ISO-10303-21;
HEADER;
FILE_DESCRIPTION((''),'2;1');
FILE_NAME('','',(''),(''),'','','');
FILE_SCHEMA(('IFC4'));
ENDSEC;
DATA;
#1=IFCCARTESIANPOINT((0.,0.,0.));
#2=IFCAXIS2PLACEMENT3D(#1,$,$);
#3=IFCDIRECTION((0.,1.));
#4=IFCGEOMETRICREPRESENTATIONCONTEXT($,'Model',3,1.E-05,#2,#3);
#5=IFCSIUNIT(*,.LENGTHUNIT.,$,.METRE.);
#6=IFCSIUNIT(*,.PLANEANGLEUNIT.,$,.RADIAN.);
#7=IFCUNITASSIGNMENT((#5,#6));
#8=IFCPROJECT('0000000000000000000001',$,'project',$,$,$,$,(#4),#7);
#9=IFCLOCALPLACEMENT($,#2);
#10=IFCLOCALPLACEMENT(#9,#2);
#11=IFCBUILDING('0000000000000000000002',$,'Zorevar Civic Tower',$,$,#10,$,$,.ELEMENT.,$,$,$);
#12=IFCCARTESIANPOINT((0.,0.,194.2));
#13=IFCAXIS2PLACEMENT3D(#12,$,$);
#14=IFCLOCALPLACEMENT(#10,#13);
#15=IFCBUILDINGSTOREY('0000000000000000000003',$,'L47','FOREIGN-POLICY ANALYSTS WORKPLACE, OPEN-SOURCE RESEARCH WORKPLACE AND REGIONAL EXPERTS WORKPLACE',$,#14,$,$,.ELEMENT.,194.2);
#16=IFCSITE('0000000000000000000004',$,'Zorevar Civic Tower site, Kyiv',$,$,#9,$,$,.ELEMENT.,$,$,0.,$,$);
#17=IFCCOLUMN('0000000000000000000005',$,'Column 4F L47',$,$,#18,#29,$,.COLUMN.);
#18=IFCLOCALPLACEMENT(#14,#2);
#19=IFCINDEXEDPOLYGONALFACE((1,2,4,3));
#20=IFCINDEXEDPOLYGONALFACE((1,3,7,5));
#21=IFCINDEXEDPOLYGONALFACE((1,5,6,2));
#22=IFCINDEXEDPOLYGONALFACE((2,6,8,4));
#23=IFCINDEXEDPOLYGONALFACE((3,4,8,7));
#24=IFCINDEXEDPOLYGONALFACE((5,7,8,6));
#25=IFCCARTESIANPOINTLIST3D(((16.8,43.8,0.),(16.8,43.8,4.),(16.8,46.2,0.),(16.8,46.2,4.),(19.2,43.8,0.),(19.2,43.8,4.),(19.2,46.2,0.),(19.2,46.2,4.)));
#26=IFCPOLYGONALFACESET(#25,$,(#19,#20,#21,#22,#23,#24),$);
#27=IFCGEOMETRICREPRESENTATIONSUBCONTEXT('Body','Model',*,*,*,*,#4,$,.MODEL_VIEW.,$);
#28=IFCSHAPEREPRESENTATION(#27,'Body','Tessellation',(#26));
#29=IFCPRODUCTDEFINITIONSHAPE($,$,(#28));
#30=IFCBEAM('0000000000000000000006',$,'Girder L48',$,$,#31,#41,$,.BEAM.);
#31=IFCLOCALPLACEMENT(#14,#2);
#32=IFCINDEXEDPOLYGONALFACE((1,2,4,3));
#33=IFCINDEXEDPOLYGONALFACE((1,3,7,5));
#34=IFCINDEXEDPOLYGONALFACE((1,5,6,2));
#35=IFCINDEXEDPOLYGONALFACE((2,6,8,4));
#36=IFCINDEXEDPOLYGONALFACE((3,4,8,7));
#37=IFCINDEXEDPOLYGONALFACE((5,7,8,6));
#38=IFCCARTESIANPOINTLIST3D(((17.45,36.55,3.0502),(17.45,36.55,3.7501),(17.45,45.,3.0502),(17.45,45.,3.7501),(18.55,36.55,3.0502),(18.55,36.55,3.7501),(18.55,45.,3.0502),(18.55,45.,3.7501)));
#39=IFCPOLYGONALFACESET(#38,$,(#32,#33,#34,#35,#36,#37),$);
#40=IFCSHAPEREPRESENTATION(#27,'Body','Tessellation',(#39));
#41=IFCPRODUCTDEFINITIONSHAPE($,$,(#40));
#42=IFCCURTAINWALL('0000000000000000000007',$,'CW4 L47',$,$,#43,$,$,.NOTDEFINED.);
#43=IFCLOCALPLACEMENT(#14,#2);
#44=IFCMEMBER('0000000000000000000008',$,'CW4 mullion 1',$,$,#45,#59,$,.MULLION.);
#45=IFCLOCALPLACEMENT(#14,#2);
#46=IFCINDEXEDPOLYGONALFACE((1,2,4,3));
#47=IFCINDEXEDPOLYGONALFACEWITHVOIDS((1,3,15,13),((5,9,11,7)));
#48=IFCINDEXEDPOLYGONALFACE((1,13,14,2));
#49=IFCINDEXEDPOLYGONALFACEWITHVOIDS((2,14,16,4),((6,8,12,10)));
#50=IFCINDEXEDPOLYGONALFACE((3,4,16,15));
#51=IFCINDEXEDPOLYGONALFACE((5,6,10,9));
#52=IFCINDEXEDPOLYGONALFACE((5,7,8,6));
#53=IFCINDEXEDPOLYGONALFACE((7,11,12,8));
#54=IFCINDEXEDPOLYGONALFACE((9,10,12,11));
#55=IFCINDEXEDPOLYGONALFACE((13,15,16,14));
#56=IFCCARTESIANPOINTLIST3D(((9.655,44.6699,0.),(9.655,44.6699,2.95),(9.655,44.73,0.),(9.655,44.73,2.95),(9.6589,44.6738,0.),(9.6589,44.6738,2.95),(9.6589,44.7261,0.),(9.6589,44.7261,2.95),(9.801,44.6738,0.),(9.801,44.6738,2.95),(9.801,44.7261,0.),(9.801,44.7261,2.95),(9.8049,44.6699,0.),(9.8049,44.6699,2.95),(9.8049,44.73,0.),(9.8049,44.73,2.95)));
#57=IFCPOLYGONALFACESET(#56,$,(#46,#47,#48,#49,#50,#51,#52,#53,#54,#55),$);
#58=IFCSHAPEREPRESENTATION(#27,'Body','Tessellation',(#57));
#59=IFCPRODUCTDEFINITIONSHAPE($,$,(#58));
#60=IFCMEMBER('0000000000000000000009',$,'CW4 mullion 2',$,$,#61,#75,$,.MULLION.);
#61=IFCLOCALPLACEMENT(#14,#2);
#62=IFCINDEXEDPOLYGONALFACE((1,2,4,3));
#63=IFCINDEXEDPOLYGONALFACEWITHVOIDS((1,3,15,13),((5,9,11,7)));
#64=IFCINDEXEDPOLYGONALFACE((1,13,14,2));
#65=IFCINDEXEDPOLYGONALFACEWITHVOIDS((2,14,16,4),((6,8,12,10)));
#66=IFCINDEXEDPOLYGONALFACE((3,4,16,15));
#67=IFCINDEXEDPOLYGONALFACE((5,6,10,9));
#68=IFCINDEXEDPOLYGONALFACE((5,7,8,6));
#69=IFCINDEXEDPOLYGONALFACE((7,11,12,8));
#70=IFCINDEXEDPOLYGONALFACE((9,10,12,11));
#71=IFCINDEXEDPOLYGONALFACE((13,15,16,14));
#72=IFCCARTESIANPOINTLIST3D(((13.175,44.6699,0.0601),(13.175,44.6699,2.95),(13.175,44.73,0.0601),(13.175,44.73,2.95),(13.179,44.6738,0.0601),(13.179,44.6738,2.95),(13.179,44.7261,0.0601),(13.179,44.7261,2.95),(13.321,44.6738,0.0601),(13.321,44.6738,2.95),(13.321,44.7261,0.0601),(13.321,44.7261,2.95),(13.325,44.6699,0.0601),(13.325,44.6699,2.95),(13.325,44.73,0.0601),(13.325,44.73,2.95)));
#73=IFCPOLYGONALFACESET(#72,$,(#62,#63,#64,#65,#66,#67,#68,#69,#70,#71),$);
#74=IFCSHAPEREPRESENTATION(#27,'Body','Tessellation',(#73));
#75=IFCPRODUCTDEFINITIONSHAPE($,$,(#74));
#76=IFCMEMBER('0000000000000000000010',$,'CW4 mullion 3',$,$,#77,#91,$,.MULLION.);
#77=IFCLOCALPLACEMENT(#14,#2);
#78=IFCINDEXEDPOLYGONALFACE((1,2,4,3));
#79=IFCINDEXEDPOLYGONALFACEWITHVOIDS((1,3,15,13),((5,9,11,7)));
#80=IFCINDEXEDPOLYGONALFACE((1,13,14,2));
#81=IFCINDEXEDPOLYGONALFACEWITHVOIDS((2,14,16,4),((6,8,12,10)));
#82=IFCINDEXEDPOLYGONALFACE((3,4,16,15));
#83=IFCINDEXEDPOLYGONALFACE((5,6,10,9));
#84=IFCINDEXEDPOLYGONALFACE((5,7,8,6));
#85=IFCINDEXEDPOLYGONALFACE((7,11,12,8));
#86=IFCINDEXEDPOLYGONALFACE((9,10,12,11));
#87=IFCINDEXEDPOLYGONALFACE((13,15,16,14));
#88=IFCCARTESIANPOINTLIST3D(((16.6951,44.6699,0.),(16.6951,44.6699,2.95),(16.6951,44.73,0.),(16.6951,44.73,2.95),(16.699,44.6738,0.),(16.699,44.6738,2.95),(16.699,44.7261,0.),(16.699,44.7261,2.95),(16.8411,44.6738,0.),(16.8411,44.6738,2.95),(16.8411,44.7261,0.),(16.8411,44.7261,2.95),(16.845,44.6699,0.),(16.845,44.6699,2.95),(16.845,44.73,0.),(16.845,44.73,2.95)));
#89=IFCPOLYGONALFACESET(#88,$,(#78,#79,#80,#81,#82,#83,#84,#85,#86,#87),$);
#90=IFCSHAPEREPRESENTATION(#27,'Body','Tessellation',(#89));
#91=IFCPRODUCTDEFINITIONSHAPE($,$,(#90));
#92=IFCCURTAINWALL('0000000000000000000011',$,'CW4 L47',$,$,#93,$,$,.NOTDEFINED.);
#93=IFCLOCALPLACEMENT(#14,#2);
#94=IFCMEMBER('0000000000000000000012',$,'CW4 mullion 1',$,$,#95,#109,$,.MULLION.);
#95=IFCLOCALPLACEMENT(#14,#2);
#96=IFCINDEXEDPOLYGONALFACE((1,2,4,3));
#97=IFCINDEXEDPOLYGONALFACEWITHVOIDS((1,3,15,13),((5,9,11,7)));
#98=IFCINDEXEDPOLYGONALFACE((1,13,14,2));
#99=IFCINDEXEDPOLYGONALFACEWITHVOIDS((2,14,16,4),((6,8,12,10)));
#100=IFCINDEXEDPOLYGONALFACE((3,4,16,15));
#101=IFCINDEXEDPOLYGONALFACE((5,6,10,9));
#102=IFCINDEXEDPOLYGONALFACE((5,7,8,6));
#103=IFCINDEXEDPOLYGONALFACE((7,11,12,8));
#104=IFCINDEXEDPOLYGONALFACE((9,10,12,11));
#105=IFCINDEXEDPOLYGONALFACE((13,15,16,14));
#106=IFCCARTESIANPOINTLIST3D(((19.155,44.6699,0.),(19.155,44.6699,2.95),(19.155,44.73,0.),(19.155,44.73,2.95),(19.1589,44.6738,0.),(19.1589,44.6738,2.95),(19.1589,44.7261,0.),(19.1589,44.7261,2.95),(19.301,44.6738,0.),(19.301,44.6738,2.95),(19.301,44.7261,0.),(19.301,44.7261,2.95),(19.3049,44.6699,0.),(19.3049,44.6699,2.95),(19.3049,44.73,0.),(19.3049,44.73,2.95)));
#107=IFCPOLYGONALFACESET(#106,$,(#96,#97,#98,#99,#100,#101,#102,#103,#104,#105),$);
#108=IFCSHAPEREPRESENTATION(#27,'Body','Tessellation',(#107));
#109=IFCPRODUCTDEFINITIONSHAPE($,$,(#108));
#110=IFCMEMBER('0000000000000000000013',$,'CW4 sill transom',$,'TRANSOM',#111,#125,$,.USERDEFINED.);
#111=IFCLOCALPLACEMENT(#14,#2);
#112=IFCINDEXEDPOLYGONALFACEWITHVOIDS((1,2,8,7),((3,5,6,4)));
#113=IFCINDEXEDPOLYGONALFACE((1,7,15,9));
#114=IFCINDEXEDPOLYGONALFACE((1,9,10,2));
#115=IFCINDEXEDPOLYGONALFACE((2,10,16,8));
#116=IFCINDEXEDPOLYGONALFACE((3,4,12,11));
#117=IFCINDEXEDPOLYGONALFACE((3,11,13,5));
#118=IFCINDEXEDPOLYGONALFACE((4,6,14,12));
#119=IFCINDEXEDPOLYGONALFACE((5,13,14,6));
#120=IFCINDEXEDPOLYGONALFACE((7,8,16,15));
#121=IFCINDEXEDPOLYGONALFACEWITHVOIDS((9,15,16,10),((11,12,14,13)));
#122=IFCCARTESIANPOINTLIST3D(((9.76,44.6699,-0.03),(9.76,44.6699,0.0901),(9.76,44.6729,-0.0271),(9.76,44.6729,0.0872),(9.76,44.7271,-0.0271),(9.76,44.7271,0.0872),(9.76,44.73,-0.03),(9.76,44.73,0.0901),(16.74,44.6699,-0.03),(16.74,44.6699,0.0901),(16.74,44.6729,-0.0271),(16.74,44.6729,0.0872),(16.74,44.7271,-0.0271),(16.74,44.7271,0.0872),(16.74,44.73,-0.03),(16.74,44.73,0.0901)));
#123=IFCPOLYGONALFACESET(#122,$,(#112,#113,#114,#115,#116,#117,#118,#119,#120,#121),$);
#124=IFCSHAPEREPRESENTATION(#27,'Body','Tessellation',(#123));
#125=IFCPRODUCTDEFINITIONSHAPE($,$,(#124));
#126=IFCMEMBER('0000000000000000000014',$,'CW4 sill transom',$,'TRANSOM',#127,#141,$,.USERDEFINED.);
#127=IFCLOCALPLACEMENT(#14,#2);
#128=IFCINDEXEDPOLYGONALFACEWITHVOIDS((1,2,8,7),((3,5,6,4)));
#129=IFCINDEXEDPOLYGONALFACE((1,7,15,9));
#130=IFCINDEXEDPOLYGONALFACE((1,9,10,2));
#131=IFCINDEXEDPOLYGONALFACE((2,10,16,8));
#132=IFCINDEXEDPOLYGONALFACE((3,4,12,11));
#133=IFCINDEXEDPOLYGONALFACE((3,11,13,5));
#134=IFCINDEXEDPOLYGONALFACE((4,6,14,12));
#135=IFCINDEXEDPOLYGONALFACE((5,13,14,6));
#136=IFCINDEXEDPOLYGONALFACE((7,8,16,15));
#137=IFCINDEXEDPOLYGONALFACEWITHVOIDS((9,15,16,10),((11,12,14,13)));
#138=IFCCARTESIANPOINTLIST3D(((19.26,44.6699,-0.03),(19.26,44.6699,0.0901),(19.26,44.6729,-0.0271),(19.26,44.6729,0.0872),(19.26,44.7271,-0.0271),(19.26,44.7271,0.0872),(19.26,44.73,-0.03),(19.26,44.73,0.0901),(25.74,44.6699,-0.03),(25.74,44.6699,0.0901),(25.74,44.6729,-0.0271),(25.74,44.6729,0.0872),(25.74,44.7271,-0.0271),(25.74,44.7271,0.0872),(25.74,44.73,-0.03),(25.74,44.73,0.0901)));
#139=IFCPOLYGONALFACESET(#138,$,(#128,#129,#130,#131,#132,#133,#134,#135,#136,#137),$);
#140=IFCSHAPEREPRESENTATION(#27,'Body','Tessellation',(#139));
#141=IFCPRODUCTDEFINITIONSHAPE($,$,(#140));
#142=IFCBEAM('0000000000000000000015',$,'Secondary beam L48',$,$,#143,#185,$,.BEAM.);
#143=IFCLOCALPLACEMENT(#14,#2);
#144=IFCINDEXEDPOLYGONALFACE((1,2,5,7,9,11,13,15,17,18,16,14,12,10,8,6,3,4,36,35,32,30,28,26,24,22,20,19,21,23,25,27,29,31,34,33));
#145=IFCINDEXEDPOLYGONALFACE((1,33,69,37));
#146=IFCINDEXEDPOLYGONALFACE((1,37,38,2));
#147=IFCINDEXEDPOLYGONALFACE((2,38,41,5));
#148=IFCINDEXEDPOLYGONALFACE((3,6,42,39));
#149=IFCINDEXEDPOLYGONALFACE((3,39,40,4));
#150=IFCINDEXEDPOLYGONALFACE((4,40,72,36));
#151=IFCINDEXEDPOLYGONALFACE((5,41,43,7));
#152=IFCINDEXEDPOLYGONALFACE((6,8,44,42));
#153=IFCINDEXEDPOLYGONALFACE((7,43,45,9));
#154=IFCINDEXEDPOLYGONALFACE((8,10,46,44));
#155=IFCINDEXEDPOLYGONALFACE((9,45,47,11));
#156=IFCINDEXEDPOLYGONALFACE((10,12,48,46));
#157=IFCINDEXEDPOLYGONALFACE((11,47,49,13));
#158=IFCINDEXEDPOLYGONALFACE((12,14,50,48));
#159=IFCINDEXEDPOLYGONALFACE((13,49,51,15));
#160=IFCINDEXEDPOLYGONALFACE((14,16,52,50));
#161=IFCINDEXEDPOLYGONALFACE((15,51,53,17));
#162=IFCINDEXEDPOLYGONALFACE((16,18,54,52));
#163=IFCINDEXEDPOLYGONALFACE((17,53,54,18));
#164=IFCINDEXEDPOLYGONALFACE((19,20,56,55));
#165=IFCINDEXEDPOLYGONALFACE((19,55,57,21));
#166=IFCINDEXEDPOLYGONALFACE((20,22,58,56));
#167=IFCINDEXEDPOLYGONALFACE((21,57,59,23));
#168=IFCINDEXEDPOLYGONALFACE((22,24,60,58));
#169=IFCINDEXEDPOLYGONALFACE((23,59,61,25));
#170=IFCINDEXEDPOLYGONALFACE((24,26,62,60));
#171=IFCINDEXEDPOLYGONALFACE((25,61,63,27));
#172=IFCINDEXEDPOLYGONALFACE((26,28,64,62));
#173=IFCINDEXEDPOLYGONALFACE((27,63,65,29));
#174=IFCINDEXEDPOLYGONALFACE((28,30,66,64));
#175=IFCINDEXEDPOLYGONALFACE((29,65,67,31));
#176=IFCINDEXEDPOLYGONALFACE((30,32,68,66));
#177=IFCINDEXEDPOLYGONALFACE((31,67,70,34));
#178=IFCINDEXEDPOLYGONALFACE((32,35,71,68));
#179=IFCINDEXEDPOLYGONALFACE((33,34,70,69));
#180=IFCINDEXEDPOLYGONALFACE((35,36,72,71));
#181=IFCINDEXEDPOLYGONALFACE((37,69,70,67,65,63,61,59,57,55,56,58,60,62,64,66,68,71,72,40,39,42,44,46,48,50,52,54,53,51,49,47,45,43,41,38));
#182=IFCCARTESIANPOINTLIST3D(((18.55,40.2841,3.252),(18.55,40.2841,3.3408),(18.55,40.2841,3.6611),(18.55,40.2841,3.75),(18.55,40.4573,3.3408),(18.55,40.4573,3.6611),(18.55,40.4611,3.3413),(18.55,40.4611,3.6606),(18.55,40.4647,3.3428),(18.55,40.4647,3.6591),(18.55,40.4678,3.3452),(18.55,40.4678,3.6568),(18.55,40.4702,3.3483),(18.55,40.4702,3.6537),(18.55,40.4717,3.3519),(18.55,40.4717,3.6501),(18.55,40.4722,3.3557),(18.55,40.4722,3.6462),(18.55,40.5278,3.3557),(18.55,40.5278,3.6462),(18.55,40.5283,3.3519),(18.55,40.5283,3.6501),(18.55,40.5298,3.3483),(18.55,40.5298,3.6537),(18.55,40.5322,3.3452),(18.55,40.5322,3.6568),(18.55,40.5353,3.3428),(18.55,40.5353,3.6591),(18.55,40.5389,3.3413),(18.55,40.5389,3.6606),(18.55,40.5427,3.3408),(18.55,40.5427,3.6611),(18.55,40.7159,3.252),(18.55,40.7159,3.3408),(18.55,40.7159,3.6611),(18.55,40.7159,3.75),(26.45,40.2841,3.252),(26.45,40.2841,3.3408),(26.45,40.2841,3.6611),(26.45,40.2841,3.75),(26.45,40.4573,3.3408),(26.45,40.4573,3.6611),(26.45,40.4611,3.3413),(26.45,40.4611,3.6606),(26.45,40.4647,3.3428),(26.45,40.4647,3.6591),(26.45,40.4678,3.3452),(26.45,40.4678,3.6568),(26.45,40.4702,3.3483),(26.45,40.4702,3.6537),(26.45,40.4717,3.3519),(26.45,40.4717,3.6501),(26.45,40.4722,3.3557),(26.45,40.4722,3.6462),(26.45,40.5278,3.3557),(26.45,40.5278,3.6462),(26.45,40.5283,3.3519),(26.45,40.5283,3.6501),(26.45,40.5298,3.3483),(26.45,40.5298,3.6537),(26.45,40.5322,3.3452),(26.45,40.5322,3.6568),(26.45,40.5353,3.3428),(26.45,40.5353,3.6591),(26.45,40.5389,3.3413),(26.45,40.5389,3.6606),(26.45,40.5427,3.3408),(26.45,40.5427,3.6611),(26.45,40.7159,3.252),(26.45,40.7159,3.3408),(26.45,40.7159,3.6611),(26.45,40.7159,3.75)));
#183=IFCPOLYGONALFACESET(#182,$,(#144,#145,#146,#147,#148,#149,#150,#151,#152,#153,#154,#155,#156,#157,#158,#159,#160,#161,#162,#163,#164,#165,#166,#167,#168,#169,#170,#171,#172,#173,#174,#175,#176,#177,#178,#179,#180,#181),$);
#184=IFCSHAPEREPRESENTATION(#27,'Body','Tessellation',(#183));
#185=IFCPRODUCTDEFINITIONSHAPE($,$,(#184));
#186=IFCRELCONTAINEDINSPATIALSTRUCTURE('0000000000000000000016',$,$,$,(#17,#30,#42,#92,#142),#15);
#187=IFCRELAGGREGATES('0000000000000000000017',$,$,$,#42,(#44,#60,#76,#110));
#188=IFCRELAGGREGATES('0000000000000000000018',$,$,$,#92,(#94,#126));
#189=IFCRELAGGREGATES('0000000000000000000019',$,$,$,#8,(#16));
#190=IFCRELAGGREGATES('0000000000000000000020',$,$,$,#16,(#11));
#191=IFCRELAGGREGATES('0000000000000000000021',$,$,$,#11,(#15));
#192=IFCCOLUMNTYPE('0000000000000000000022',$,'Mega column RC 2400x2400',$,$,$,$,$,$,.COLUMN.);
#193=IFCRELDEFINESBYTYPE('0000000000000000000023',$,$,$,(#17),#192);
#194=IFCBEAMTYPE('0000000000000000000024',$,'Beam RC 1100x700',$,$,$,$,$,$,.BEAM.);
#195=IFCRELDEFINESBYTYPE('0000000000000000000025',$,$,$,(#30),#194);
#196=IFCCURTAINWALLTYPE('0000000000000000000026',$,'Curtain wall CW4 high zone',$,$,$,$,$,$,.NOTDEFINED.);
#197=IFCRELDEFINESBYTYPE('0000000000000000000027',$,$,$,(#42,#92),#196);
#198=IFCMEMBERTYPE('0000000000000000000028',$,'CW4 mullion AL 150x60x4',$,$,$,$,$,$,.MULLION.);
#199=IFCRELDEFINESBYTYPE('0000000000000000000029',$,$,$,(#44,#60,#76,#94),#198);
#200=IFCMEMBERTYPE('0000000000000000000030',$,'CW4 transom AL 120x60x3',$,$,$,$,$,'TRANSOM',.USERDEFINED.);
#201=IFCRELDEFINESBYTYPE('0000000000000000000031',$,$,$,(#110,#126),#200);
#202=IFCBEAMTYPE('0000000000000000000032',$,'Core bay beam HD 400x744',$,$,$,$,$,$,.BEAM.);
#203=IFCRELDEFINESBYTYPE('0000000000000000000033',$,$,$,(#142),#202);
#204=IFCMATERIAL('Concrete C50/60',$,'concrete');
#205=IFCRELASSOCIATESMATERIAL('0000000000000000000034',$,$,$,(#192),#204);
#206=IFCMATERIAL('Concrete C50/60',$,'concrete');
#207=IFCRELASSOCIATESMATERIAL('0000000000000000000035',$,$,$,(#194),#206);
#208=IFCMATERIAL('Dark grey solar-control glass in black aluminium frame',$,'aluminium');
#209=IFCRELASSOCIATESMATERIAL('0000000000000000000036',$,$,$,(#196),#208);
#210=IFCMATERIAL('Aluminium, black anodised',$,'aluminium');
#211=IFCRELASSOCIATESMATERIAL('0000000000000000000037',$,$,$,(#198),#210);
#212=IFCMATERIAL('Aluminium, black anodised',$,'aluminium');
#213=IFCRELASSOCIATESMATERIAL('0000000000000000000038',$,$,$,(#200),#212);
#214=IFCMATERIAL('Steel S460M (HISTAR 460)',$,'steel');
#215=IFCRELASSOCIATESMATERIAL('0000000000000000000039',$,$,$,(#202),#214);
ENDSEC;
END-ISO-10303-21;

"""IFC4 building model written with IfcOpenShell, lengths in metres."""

from ifc_helpers import new_model, si_unit, direction, frame, origin, origin_2d, place, context, subcontext, project, spatial, rectangle, hollow_rectangle, i_section, extrude, material, material_profile, profile_set, type_object, element, aggregate, save


model = new_model("IFC4")

# Units and contexts
model_context = context("Model", 3, precision=1e-05, world=origin(), true_north=direction((0.0, 1.0)))
body_context = subcontext(model_context, "Body", "Model", "MODEL_VIEW")
ifc_project = project(units=[si_unit("LENGTHUNIT", "METRE"), si_unit("PLANEANGLEUNIT", "RADIAN")], contexts=[model_context])

# Site, building, storey
site_placement = place(None, origin())
site = spatial("IfcSite", under=ifc_project, at=site_placement, Name="Zorevar Civic Tower site, Kyiv", CompositionType="ELEMENT", RefElevation=0.0)
building_placement = place(site_placement, origin())
building = spatial("IfcBuilding", under=site, at=building_placement, Name="Zorevar Civic Tower", CompositionType="ELEMENT")
storey_placement = place(building_placement, frame((0.0, 0.0, 194.2)))
storey = spatial("IfcBuildingStorey", under=building, at=storey_placement, Name="L47", Description="FOREIGN-POLICY ANALYSTS WORKPLACE, OPEN-SOURCE RESEARCH WORKPLACE AND REGIONAL EXPERTS WORKPLACE", CompositionType="ELEMENT", Elevation=194.2)

# Column
ifc_material_1 = material(Name="Concrete C50/60", Category="concrete")
ifc_material_profile_1 = material_profile(ifc_material_1, rectangle(XDim=2.3999, YDim=2.3999, at=origin_2d()), Name="RC 2400x2400")
ifc_profile_set_1 = profile_set([ifc_material_profile_1], Name="Concrete C50/60")
column_type = type_object("IfcColumnType", Name="Mega column RC 2400x2400", PredefinedType="COLUMN", material=ifc_profile_set_1)
column_placement = place(storey_placement, frame((18.0, 45.0, 0.0), z_axis=(0.0, 0.0, 1.0), x_axis=(1.0, 0.0, 0.0)))
element("IfcColumn", 1, at=column_placement, inside=storey, type_object=column_type, Name="Column 4F L47", PredefinedType="COLUMN", context=body_context, shape_type="SweptSolid", body=[
    extrude(rectangle(XDim=2.3999, YDim=2.3999, at=origin_2d()), origin(), (0.0, 0.0, 1.0), 4.0),
])

# Beam
ifc_material_2 = material(Name="Concrete C50/60", Category="concrete")
ifc_material_profile_2 = material_profile(ifc_material_2, rectangle(XDim=1.1001, YDim=0.7, at=origin_2d()), Name="RC 1100x700")
ifc_profile_set_2 = profile_set([ifc_material_profile_2], Name="Concrete C50/60")
beam_type_1 = type_object("IfcBeamType", Name="Beam RC 1100x700", PredefinedType="BEAM", material=ifc_profile_set_2)
beam_1_placement = place(storey_placement, frame((18.0, 36.55, 3.4001), z_axis=(0.0, 1.0, 0.0), x_axis=(-1.0, 0.0, 0.0)))
element("IfcBeam", 2, at=beam_1_placement, inside=storey, type_object=beam_type_1, Name="Girder L48", PredefinedType="BEAM", context=body_context, shape_type="SweptSolid", body=[
    extrude(rectangle(XDim=1.1001, YDim=0.7, at=origin_2d()), origin(), (0.0, 0.0, 1.0), 8.45),
])

# Curtain wall, members
ifc_material_3 = material(Name="Dark grey solar-control glass in black aluminium frame", Category="aluminium")
curtain_wall_type = type_object("IfcCurtainWallType", Name="Curtain wall CW4 high zone", PredefinedType="NOTDEFINED", material=ifc_material_3)
curtain_wall_1_placement = place(storey_placement, origin())
curtain_wall_1 = element("IfcCurtainWall", 3, at=curtain_wall_1_placement, inside=storey, type_object=curtain_wall_type, Name="CW4 L47", PredefinedType="NOTDEFINED")
ifc_material_4 = material(Name="Aluminium, black anodised", Category="aluminium")
ifc_material_profile_3 = material_profile(ifc_material_4, hollow_rectangle(XDim=0.0601, YDim=0.1499, WallThickness=0.0039, at=origin_2d()), Name="AL 150x60x4")
ifc_profile_set_3 = profile_set([ifc_material_profile_3], Name="Aluminium, black anodised")
member_type_1 = type_object("IfcMemberType", Name="CW4 mullion AL 150x60x4", PredefinedType="MULLION", material=ifc_profile_set_3)
member_1_placement = place(storey_placement, frame((9.73, 44.7, 0.0), z_axis=(0.0, 0.0, 1.0), x_axis=(0.0, 1.0, 0.0)))
member_1 = element("IfcMember", 4, at=member_1_placement, type_object=member_type_1, Name="CW4 mullion 1", PredefinedType="MULLION", context=body_context, shape_type="SweptSolid", body=[
    extrude(hollow_rectangle(XDim=0.0601, YDim=0.1499, WallThickness=0.0039, at=origin_2d()), origin(), (0.0, 0.0, 1.0), 2.95),
])
member_2_placement = place(storey_placement, frame((13.25, 44.7, 0.0601), z_axis=(0.0, 0.0, 1.0), x_axis=(0.0, 1.0, 0.0)))
member_2 = element("IfcMember", 5, at=member_2_placement, type_object=member_type_1, Name="CW4 mullion 2", PredefinedType="MULLION", context=body_context, shape_type="SweptSolid", body=[
    extrude(hollow_rectangle(XDim=0.0601, YDim=0.1499, WallThickness=0.0039, at=origin_2d()), origin(), (0.0, 0.0, 1.0), 2.8899),
])
member_3_placement = place(storey_placement, frame((16.77, 44.7, 0.0), z_axis=(0.0, 0.0, 1.0), x_axis=(0.0, 1.0, 0.0)))
member_3 = element("IfcMember", 6, at=member_3_placement, type_object=member_type_1, Name="CW4 mullion 3", PredefinedType="MULLION", context=body_context, shape_type="SweptSolid", body=[
    extrude(hollow_rectangle(XDim=0.0601, YDim=0.1499, WallThickness=0.0039, at=origin_2d()), origin(), (0.0, 0.0, 1.0), 2.95),
])

# Curtain wall, member
curtain_wall_2_placement = place(storey_placement, origin())
curtain_wall_2 = element("IfcCurtainWall", 7, at=curtain_wall_2_placement, inside=storey, type_object=curtain_wall_type, Name="CW4 L47", PredefinedType="NOTDEFINED")
member_4_placement = place(storey_placement, frame((19.23, 44.7, 0.0), z_axis=(0.0, 0.0, 1.0), x_axis=(0.0, 1.0, 0.0)))
member_4 = element("IfcMember", 8, at=member_4_placement, type_object=member_type_1, Name="CW4 mullion 1", PredefinedType="MULLION", context=body_context, shape_type="SweptSolid", body=[
    extrude(hollow_rectangle(XDim=0.0601, YDim=0.1499, WallThickness=0.0039, at=origin_2d()), origin(), (0.0, 0.0, 1.0), 2.95),
])

# Members
ifc_material_5 = material(Name="Aluminium, black anodised", Category="aluminium")
ifc_material_profile_4 = material_profile(ifc_material_5, hollow_rectangle(XDim=0.0601, YDim=0.1201, WallThickness=0.0029, at=origin_2d()), Name="AL 120x60x3")
ifc_profile_set_4 = profile_set([ifc_material_profile_4], Name="Aluminium, black anodised")
member_type_2 = type_object("IfcMemberType", Name="CW4 transom AL 120x60x3", ElementType="TRANSOM", PredefinedType="USERDEFINED", material=ifc_profile_set_4)
member_5_placement = place(storey_placement, frame((9.76, 44.7, 0.03), z_axis=(1.0, 0.0, 0.0), x_axis=(0.0, 1.0, 0.0)))
member_5 = element("IfcMember", 9, at=member_5_placement, type_object=member_type_2, Name="CW4 sill transom", ObjectType="TRANSOM", PredefinedType="USERDEFINED", context=body_context, shape_type="SweptSolid", body=[
    extrude(hollow_rectangle(XDim=0.0601, YDim=0.1201, WallThickness=0.0029, at=origin_2d()), origin(), (0.0, 0.0, 1.0), 6.98),
])
member_6_placement = place(storey_placement, frame((19.26, 44.7, 0.03), z_axis=(1.0, 0.0, 0.0), x_axis=(0.0, 1.0, 0.0)))
member_6 = element("IfcMember", 10, at=member_6_placement, type_object=member_type_2, Name="CW4 sill transom", ObjectType="TRANSOM", PredefinedType="USERDEFINED", context=body_context, shape_type="SweptSolid", body=[
    extrude(hollow_rectangle(XDim=0.0601, YDim=0.1201, WallThickness=0.0029, at=origin_2d()), origin(), (0.0, 0.0, 1.0), 6.48),
])

# Beam
ifc_material_6 = material(Name="Steel S460M (HISTAR 460)", Category="steel")
ifc_material_profile_5 = material_profile(ifc_material_6, i_section(OverallWidth=0.4319, OverallDepth=0.498, WebThickness=0.0557, FlangeThickness=0.0889, FilletRadius=0.0149, at=origin_2d()), Name="HD 400x744")
ifc_profile_set_5 = profile_set([ifc_material_profile_5], Name="Steel S460M (HISTAR 460)")
beam_type_2 = type_object("IfcBeamType", Name="Core bay beam HD 400x744", PredefinedType="BEAM", material=ifc_profile_set_5)
beam_2_placement = place(storey_placement, frame((18.55, 40.5, 3.501), z_axis=(1.0, 0.0, 0.0), x_axis=(0.0, 1.0, 0.0)))
element("IfcBeam", 11, at=beam_2_placement, inside=storey, type_object=beam_type_2, Name="Secondary beam L48", PredefinedType="BEAM", context=body_context, shape_type="SweptSolid", body=[
    extrude(i_section(OverallWidth=0.4319, OverallDepth=0.498, WebThickness=0.0557, FlangeThickness=0.0889, FilletRadius=0.0149, at=origin_2d()), origin(), (0.0, 0.0, 1.0), 7.8999),
])

aggregate(curtain_wall_1, [member_1, member_2, member_3, member_5])
aggregate(curtain_wall_2, [member_4, member_6])

save(model, "model.ifc")
